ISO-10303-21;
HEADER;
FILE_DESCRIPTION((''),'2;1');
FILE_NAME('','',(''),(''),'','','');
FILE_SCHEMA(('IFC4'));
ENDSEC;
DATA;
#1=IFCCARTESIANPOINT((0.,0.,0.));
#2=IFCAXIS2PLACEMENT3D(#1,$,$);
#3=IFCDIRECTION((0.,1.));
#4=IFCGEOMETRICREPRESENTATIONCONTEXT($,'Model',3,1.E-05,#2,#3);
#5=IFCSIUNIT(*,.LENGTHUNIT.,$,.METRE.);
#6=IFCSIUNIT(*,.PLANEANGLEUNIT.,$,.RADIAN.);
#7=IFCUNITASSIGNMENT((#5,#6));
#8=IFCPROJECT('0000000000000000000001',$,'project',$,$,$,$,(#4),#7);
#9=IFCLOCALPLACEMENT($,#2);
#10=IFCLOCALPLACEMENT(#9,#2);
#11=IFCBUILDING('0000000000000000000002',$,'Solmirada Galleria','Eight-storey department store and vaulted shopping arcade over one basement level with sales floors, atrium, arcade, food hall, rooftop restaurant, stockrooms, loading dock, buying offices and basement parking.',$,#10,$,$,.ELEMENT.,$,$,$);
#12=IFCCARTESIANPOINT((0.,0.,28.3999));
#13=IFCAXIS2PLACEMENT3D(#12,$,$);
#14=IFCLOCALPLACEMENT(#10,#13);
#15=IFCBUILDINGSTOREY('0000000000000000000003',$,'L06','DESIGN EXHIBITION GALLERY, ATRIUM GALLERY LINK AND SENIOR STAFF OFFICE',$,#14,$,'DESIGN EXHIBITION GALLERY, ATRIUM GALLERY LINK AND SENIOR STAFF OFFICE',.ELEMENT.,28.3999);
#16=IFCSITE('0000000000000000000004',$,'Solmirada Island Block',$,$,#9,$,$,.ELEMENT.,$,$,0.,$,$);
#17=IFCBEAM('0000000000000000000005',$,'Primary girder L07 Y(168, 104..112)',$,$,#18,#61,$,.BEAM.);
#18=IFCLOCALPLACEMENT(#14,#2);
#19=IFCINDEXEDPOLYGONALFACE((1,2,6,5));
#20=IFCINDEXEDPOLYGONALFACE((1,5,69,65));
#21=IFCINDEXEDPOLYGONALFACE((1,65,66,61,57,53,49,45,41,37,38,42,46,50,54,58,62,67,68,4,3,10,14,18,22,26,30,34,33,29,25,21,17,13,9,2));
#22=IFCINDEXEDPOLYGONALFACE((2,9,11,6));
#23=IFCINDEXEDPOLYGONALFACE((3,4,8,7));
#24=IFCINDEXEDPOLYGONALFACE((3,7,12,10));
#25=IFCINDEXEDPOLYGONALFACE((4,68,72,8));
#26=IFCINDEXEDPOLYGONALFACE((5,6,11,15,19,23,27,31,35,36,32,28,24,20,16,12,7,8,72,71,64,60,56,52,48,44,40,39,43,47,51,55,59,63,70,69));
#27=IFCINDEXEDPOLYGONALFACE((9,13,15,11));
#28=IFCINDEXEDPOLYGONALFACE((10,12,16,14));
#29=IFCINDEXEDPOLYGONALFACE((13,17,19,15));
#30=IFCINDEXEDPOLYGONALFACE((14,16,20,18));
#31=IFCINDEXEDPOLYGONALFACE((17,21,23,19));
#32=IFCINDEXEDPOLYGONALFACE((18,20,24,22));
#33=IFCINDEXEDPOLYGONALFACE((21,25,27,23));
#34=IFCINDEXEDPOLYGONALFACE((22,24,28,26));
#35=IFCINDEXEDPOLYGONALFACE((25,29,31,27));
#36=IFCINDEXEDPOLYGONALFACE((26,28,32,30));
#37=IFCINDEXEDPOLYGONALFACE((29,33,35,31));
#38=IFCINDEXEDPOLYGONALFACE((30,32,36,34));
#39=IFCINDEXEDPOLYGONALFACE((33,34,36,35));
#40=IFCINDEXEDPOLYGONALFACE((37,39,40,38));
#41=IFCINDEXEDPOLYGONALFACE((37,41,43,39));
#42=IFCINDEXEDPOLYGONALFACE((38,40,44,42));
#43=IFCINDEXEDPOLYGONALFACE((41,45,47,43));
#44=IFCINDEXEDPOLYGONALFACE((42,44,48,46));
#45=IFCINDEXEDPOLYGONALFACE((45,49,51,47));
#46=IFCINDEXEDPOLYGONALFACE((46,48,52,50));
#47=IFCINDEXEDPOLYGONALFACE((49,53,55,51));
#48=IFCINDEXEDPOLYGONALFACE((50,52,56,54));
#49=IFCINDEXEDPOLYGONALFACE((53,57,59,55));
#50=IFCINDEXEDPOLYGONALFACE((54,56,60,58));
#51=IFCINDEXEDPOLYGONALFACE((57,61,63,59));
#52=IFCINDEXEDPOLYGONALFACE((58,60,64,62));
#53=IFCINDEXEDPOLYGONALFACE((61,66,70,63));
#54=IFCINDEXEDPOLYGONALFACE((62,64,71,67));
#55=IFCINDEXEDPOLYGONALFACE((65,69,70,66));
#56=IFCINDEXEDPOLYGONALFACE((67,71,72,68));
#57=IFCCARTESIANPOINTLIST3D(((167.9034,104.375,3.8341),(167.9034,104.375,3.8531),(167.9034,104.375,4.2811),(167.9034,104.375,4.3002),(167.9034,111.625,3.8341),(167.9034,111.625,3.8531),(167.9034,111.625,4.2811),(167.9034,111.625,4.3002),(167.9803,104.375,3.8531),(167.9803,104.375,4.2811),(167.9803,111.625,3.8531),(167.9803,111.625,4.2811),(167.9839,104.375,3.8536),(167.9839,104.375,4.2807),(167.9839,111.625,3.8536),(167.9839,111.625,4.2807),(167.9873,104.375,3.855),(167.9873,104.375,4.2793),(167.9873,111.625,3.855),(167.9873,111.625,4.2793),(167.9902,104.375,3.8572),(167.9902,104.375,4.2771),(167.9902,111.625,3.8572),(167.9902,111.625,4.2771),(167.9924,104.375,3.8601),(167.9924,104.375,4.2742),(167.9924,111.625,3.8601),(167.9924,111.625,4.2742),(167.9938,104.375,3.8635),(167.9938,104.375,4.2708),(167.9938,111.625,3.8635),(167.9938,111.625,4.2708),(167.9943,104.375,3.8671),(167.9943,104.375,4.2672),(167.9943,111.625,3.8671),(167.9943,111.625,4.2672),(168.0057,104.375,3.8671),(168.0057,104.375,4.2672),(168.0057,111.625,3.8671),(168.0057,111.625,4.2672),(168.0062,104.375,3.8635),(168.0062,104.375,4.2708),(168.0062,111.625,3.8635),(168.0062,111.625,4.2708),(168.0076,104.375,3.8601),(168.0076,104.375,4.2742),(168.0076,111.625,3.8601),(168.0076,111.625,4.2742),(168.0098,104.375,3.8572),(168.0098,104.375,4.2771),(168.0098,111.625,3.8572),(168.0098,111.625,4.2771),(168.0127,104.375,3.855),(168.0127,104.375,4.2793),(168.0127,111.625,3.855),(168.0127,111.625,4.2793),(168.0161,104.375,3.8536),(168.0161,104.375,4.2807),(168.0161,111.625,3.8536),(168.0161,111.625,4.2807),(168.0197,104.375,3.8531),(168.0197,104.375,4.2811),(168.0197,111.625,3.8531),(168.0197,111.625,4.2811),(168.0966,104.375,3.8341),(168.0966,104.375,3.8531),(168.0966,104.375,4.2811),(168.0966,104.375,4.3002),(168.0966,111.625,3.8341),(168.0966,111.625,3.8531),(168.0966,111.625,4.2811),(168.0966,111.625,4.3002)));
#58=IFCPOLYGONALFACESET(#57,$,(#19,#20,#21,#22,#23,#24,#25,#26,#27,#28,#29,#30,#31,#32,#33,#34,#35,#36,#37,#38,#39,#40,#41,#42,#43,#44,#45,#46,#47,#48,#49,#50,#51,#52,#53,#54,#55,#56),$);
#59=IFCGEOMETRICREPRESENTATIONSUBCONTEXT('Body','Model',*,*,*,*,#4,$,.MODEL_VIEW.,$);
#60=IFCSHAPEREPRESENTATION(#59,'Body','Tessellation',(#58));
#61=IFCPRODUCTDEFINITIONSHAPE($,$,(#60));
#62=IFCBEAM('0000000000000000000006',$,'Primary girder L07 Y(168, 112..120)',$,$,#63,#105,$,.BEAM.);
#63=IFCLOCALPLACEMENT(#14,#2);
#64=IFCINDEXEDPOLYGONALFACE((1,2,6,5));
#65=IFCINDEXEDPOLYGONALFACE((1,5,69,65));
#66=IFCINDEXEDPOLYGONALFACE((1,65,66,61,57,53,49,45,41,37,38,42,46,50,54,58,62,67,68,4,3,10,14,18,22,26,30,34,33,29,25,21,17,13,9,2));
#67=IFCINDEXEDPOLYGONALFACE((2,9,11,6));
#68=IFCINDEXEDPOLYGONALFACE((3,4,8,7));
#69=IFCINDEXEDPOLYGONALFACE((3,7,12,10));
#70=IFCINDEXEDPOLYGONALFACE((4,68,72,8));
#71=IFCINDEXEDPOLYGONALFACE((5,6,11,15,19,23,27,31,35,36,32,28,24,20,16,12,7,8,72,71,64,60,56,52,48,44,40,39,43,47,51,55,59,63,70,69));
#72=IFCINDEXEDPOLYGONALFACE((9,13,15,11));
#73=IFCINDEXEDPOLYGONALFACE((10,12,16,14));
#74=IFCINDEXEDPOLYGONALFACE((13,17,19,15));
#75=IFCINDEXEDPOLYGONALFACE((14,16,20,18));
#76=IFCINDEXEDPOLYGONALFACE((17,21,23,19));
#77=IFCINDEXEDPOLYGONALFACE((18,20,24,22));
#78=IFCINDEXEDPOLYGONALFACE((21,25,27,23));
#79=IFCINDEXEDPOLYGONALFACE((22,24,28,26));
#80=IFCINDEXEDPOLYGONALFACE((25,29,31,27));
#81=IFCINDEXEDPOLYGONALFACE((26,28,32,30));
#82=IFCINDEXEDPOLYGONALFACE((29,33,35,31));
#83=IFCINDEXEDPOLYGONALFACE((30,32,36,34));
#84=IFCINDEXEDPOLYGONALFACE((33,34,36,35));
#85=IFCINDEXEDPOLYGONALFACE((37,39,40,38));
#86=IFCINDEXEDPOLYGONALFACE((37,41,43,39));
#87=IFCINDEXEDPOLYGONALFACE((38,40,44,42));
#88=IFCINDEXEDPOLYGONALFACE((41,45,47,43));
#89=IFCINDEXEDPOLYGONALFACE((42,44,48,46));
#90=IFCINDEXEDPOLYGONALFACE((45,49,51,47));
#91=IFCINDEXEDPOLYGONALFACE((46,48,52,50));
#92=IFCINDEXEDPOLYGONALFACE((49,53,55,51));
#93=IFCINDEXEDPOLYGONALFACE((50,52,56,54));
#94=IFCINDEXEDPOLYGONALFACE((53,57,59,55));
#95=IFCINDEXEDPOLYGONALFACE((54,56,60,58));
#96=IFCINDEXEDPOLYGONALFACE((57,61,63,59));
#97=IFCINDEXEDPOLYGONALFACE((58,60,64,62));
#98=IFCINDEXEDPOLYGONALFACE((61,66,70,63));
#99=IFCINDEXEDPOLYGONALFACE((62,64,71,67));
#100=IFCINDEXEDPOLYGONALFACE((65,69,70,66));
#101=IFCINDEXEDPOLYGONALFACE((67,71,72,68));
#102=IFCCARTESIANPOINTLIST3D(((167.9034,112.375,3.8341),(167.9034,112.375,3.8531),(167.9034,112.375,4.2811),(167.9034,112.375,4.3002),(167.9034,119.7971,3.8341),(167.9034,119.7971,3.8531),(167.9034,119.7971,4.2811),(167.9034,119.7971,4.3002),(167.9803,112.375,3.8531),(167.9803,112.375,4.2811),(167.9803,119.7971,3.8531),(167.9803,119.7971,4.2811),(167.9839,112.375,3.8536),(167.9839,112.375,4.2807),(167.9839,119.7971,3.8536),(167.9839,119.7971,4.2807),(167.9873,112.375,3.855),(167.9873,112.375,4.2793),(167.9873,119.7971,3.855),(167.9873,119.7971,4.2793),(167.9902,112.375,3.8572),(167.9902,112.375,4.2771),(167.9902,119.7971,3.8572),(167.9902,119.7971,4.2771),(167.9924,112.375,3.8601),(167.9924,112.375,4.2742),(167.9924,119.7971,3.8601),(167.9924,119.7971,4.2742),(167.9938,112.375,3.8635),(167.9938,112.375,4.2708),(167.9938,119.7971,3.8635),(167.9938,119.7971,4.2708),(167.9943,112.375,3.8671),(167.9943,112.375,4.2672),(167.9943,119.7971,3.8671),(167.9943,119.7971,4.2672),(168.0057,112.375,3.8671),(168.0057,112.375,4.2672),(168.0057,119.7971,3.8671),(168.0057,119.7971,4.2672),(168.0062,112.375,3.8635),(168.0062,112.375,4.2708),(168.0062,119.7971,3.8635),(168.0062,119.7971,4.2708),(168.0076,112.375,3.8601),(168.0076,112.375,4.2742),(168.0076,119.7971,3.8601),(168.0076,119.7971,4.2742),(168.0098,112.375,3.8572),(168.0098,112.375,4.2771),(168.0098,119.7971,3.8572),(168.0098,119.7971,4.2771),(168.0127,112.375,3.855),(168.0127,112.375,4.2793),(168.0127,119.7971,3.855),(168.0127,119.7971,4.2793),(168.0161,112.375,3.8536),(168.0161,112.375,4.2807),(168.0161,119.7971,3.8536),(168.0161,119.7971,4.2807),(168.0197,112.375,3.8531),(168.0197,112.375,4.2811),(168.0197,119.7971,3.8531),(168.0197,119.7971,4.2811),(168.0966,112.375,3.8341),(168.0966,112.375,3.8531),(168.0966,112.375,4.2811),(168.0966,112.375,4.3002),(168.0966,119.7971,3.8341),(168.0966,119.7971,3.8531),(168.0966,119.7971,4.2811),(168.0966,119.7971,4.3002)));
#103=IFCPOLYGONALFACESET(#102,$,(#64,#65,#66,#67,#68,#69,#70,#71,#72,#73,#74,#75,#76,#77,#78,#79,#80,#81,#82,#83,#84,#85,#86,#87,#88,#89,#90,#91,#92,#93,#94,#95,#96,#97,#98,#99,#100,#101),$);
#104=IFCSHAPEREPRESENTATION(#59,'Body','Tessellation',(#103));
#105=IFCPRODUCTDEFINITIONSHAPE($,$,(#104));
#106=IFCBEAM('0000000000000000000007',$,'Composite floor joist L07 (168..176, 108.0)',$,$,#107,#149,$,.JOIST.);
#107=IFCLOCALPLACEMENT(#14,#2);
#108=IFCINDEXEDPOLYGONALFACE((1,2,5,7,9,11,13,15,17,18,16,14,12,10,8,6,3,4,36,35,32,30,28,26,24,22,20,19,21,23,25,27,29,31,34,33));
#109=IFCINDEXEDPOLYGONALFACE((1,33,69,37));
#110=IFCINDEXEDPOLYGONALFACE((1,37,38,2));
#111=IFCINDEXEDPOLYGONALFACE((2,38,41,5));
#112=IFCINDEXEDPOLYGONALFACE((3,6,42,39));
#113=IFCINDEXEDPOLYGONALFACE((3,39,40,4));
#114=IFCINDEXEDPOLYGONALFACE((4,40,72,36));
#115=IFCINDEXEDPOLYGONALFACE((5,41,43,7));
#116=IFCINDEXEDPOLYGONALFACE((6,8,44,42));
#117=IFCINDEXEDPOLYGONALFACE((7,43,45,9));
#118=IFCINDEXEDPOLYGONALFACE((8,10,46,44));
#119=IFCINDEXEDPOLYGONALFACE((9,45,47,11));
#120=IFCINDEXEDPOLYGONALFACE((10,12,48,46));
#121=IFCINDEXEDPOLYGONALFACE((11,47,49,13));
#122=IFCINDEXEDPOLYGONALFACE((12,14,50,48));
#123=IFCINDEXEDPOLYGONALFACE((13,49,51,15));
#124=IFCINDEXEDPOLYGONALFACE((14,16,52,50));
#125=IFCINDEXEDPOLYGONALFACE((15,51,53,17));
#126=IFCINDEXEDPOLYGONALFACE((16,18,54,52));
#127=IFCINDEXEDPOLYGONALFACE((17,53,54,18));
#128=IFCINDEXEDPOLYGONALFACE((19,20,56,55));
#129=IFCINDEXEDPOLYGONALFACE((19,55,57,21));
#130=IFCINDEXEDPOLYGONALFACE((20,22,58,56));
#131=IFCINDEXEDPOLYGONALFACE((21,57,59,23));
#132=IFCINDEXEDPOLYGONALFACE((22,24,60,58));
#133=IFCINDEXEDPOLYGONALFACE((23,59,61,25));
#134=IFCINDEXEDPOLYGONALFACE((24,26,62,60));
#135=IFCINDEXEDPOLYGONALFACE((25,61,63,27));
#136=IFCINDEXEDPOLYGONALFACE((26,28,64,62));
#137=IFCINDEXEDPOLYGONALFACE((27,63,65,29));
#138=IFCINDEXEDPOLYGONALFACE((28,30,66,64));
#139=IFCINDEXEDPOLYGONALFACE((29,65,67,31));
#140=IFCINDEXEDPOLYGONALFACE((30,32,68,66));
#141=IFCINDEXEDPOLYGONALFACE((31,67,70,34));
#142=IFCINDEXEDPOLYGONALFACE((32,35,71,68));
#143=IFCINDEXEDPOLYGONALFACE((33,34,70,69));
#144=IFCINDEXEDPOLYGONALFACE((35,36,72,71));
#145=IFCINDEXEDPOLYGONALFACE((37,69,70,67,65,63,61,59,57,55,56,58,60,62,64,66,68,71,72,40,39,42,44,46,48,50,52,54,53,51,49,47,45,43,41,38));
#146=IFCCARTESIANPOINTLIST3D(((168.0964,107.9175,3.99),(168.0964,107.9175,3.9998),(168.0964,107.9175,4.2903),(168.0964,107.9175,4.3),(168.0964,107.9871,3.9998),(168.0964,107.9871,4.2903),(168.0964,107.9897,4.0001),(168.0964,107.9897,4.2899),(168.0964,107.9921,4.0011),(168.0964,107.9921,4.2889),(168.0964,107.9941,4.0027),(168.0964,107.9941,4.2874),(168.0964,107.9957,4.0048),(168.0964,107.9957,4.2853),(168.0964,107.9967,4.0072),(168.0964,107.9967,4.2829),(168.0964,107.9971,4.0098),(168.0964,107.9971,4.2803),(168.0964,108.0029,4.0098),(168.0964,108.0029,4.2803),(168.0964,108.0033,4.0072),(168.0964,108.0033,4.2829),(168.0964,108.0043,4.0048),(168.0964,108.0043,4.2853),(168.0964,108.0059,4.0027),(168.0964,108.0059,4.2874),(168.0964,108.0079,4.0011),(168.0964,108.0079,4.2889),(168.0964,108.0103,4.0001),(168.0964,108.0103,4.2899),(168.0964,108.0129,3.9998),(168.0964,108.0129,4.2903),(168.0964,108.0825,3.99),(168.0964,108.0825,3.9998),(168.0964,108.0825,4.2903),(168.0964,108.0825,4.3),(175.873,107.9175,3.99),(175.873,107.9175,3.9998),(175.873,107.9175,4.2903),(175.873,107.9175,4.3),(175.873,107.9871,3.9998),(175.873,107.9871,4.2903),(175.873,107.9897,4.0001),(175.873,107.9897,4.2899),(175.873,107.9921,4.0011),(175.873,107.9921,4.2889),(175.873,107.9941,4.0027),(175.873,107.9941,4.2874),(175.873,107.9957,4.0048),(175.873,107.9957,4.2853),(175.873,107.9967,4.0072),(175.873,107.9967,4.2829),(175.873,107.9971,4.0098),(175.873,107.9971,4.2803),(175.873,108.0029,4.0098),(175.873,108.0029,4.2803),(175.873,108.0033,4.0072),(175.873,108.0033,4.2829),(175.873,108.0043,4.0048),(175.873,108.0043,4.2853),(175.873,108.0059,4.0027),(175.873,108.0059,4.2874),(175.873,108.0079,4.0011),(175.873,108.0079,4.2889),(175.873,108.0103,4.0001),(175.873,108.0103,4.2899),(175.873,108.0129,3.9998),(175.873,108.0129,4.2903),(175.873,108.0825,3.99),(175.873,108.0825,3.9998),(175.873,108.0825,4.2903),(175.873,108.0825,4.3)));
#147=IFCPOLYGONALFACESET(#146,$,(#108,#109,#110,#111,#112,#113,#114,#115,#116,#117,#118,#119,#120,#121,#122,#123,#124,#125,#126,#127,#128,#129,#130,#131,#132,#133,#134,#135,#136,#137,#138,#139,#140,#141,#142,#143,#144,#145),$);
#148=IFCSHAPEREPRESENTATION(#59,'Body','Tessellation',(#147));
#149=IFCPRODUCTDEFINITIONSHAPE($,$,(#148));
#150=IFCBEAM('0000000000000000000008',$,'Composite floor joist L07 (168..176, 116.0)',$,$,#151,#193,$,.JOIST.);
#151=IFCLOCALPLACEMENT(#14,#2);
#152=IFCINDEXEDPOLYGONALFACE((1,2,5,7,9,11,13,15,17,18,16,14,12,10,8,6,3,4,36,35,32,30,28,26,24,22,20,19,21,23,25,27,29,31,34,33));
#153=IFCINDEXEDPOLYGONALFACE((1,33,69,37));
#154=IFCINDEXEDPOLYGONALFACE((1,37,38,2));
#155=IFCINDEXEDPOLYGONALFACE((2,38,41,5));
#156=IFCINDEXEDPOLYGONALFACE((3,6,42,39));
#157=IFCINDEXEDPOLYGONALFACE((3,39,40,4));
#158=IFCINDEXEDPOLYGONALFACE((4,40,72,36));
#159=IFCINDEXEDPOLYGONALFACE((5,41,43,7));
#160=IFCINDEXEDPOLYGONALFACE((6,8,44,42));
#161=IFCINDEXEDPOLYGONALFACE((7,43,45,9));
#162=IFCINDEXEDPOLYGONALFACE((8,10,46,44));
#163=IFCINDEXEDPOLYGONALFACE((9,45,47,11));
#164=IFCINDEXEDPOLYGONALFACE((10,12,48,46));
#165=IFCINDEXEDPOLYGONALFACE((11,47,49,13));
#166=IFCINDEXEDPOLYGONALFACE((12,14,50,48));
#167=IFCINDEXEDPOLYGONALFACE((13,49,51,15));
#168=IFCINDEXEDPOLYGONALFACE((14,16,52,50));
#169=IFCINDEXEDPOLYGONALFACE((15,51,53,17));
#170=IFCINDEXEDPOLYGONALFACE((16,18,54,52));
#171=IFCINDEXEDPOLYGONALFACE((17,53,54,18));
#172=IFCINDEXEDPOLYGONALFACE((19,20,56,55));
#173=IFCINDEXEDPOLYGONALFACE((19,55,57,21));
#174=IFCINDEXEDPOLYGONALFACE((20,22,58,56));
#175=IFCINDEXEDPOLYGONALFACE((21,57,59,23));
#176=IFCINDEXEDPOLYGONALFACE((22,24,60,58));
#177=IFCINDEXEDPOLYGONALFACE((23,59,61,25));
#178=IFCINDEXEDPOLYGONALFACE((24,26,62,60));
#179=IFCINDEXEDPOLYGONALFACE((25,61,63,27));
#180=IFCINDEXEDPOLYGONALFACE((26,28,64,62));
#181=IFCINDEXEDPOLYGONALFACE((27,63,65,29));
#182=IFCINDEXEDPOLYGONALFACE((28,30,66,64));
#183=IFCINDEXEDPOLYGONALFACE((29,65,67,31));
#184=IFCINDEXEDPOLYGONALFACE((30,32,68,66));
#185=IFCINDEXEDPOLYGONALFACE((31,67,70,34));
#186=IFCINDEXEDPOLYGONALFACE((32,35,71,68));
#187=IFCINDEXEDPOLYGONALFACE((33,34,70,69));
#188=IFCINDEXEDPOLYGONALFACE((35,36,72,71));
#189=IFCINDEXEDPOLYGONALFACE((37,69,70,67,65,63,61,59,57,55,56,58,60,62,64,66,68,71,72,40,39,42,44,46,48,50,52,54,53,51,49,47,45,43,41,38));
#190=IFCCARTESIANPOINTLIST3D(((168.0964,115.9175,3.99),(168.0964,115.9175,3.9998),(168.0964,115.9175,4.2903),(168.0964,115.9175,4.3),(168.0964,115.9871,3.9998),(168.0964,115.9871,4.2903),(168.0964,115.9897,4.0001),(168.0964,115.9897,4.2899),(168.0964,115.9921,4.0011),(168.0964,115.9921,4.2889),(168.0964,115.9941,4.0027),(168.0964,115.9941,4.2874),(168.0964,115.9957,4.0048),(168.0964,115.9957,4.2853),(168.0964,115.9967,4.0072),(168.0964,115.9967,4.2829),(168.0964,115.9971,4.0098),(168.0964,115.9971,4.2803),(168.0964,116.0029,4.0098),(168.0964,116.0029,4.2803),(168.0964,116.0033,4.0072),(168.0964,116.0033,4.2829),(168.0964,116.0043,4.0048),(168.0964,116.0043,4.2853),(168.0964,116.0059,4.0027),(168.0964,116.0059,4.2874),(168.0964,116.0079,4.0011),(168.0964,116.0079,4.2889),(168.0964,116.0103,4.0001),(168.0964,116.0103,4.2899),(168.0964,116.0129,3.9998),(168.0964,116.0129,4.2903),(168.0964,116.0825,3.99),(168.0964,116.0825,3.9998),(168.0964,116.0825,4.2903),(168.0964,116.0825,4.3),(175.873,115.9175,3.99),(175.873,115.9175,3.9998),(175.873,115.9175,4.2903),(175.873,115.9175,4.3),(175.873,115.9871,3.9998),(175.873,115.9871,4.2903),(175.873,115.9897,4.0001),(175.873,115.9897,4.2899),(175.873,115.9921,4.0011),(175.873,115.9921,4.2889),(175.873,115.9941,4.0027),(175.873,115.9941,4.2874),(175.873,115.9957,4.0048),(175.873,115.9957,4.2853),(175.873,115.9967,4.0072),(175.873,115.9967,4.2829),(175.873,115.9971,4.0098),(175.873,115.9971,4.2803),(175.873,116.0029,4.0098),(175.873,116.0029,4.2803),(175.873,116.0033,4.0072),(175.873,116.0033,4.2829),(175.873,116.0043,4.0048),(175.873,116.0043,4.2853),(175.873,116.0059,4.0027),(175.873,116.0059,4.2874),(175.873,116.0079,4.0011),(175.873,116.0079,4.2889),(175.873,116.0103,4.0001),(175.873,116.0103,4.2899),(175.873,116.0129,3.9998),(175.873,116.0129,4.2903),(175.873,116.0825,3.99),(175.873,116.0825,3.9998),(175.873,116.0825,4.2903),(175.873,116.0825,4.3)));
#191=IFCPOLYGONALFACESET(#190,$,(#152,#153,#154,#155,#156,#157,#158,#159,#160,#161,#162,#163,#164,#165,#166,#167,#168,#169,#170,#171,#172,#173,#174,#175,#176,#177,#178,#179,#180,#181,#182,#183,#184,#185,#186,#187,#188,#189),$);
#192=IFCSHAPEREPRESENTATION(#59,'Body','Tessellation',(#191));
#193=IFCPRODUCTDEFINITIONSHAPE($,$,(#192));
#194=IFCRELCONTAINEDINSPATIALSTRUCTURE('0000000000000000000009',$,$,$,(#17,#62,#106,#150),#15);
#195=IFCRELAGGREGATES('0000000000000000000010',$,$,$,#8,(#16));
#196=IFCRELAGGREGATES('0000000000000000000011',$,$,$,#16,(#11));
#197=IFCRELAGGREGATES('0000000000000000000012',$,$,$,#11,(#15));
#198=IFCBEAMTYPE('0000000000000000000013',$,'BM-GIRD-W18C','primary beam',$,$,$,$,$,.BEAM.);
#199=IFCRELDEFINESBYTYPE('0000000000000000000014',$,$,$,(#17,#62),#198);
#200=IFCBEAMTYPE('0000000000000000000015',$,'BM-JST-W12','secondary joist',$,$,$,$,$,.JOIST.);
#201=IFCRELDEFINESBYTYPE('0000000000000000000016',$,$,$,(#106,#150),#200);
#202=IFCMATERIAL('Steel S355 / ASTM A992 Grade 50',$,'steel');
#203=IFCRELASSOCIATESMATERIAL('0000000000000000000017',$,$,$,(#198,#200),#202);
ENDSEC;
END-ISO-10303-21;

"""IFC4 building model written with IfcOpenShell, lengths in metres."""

from ifc_helpers import new_model, si_unit, direction, frame, origin, origin_2d, place, context, subcontext, project, spatial, i_section, extrude, material, material_profile, profile_set, type_object, element, save


model = new_model("IFC4")

# Units and contexts
model_context = context("Model", 3, precision=1e-05, world=origin(), true_north=direction((0.0, 1.0)))
body_context = subcontext(model_context, "Body", "Model", "MODEL_VIEW")
ifc_project = project(units=[si_unit("LENGTHUNIT", "METRE"), si_unit("PLANEANGLEUNIT", "RADIAN")], contexts=[model_context])

# Site, building, storey
site_placement = place(None, origin())
site = spatial("IfcSite", under=ifc_project, at=site_placement, Name="Solmirada Island Block", CompositionType="ELEMENT", RefElevation=0.0)
building_placement = place(site_placement, origin())
building = spatial("IfcBuilding", under=site, at=building_placement, Name="Solmirada Galleria", Description="Eight-storey department store and vaulted shopping arcade over one basement level with sales floors, atrium, arcade, food hall, rooftop restaurant, stockrooms, loading dock, buying offices and basement parking.", CompositionType="ELEMENT")
storey_placement = place(building_placement, frame((0.0, 0.0, 28.3999)))
storey = spatial("IfcBuildingStorey", under=building, at=storey_placement, Name="L06", Description="DESIGN EXHIBITION GALLERY, ATRIUM GALLERY LINK AND SENIOR STAFF OFFICE", LongName="DESIGN EXHIBITION GALLERY, ATRIUM GALLERY LINK AND SENIOR STAFF OFFICE", CompositionType="ELEMENT", Elevation=28.3999)

# Beams
ifc_material_1 = material(Name="Steel S355 / ASTM A992 Grade 50", Category="steel")
ifc_material_profile_1 = material_profile(ifc_material_1, i_section(OverallWidth=0.1931, OverallDepth=0.4661, WebThickness=0.0115, FlangeThickness=0.019, FilletRadius=0.0139, at=origin_2d()), Name="W18X65")
ifc_profile_set_1 = profile_set([ifc_material_profile_1], Name="Steel S355 / ASTM A992 Grade 50")
beam_type_1 = type_object("IfcBeamType", Name="BM-GIRD-W18C", Description="primary beam", PredefinedType="BEAM", material=ifc_profile_set_1)
beam_1_placement = place(storey_placement, frame((168.0, 104.375, 4.0671), z_axis=(0.0, 1.0, 0.0), x_axis=(-1.0, 0.0, 0.0)))
element("IfcBeam", 1, at=beam_1_placement, inside=storey, type_object=beam_type_1, Name="Primary girder L07 Y(168, 104..112)", PredefinedType="BEAM", context=body_context, shape_type="SweptSolid", body=[
    extrude(i_section(OverallWidth=0.1931, OverallDepth=0.4661, WebThickness=0.0115, FlangeThickness=0.019, FilletRadius=0.0139, at=origin_2d()), origin(), (0.0, 0.0, 1.0), 7.25),
])
beam_2_placement = place(storey_placement, frame((168.0, 112.375, 4.0671), z_axis=(0.0, 1.0, 0.0), x_axis=(-1.0, 0.0, 0.0)))
element("IfcBeam", 2, at=beam_2_placement, inside=storey, type_object=beam_type_1, Name="Primary girder L07 Y(168, 112..120)", PredefinedType="BEAM", context=body_context, shape_type="SweptSolid", body=[
    extrude(i_section(OverallWidth=0.1931, OverallDepth=0.4661, WebThickness=0.0115, FlangeThickness=0.019, FilletRadius=0.0139, at=origin_2d()), origin(), (0.0, 0.0, 1.0), 7.4221),
])
ifc_material_profile_2 = material_profile(ifc_material_1, i_section(OverallWidth=0.165, OverallDepth=0.3101, WebThickness=0.0059, FlangeThickness=0.0098, FilletRadius=0.01, at=origin_2d()), Name="W12X26")
ifc_profile_set_2 = profile_set([ifc_material_profile_2], Name="Steel S355 / ASTM A992 Grade 50")
beam_type_2 = type_object("IfcBeamType", Name="BM-JST-W12", Description="secondary joist", PredefinedType="JOIST", material=ifc_profile_set_2)
for number, where, z_axis, x_axis, name in (
    (3, (168.0964, 108.0, 4.145), (1.0, 0.0, 0.0), (0.0, 1.0, 0.0), "Composite floor joist L07 (168..176, 108.0)"),
    (4, (168.0964, 116.0, 4.145), (1.0, 0.0, 0.0), (0.0, 1.0, 0.0), "Composite floor joist L07 (168..176, 116.0)"),
):
    element("IfcBeam", number, at=place(storey_placement, frame(where, z_axis=z_axis, x_axis=x_axis)), inside=storey, type_object=beam_type_2, Name=name, PredefinedType="JOIST", context=body_context, shape_type="SweptSolid", body=[
        extrude(i_section(OverallWidth=0.165, OverallDepth=0.3101, WebThickness=0.0059, FlangeThickness=0.0098, FilletRadius=0.01, at=origin_2d()), origin(), (0.0, 0.0, 1.0), 7.7766),
    ])

save(model, "model.ifc")
